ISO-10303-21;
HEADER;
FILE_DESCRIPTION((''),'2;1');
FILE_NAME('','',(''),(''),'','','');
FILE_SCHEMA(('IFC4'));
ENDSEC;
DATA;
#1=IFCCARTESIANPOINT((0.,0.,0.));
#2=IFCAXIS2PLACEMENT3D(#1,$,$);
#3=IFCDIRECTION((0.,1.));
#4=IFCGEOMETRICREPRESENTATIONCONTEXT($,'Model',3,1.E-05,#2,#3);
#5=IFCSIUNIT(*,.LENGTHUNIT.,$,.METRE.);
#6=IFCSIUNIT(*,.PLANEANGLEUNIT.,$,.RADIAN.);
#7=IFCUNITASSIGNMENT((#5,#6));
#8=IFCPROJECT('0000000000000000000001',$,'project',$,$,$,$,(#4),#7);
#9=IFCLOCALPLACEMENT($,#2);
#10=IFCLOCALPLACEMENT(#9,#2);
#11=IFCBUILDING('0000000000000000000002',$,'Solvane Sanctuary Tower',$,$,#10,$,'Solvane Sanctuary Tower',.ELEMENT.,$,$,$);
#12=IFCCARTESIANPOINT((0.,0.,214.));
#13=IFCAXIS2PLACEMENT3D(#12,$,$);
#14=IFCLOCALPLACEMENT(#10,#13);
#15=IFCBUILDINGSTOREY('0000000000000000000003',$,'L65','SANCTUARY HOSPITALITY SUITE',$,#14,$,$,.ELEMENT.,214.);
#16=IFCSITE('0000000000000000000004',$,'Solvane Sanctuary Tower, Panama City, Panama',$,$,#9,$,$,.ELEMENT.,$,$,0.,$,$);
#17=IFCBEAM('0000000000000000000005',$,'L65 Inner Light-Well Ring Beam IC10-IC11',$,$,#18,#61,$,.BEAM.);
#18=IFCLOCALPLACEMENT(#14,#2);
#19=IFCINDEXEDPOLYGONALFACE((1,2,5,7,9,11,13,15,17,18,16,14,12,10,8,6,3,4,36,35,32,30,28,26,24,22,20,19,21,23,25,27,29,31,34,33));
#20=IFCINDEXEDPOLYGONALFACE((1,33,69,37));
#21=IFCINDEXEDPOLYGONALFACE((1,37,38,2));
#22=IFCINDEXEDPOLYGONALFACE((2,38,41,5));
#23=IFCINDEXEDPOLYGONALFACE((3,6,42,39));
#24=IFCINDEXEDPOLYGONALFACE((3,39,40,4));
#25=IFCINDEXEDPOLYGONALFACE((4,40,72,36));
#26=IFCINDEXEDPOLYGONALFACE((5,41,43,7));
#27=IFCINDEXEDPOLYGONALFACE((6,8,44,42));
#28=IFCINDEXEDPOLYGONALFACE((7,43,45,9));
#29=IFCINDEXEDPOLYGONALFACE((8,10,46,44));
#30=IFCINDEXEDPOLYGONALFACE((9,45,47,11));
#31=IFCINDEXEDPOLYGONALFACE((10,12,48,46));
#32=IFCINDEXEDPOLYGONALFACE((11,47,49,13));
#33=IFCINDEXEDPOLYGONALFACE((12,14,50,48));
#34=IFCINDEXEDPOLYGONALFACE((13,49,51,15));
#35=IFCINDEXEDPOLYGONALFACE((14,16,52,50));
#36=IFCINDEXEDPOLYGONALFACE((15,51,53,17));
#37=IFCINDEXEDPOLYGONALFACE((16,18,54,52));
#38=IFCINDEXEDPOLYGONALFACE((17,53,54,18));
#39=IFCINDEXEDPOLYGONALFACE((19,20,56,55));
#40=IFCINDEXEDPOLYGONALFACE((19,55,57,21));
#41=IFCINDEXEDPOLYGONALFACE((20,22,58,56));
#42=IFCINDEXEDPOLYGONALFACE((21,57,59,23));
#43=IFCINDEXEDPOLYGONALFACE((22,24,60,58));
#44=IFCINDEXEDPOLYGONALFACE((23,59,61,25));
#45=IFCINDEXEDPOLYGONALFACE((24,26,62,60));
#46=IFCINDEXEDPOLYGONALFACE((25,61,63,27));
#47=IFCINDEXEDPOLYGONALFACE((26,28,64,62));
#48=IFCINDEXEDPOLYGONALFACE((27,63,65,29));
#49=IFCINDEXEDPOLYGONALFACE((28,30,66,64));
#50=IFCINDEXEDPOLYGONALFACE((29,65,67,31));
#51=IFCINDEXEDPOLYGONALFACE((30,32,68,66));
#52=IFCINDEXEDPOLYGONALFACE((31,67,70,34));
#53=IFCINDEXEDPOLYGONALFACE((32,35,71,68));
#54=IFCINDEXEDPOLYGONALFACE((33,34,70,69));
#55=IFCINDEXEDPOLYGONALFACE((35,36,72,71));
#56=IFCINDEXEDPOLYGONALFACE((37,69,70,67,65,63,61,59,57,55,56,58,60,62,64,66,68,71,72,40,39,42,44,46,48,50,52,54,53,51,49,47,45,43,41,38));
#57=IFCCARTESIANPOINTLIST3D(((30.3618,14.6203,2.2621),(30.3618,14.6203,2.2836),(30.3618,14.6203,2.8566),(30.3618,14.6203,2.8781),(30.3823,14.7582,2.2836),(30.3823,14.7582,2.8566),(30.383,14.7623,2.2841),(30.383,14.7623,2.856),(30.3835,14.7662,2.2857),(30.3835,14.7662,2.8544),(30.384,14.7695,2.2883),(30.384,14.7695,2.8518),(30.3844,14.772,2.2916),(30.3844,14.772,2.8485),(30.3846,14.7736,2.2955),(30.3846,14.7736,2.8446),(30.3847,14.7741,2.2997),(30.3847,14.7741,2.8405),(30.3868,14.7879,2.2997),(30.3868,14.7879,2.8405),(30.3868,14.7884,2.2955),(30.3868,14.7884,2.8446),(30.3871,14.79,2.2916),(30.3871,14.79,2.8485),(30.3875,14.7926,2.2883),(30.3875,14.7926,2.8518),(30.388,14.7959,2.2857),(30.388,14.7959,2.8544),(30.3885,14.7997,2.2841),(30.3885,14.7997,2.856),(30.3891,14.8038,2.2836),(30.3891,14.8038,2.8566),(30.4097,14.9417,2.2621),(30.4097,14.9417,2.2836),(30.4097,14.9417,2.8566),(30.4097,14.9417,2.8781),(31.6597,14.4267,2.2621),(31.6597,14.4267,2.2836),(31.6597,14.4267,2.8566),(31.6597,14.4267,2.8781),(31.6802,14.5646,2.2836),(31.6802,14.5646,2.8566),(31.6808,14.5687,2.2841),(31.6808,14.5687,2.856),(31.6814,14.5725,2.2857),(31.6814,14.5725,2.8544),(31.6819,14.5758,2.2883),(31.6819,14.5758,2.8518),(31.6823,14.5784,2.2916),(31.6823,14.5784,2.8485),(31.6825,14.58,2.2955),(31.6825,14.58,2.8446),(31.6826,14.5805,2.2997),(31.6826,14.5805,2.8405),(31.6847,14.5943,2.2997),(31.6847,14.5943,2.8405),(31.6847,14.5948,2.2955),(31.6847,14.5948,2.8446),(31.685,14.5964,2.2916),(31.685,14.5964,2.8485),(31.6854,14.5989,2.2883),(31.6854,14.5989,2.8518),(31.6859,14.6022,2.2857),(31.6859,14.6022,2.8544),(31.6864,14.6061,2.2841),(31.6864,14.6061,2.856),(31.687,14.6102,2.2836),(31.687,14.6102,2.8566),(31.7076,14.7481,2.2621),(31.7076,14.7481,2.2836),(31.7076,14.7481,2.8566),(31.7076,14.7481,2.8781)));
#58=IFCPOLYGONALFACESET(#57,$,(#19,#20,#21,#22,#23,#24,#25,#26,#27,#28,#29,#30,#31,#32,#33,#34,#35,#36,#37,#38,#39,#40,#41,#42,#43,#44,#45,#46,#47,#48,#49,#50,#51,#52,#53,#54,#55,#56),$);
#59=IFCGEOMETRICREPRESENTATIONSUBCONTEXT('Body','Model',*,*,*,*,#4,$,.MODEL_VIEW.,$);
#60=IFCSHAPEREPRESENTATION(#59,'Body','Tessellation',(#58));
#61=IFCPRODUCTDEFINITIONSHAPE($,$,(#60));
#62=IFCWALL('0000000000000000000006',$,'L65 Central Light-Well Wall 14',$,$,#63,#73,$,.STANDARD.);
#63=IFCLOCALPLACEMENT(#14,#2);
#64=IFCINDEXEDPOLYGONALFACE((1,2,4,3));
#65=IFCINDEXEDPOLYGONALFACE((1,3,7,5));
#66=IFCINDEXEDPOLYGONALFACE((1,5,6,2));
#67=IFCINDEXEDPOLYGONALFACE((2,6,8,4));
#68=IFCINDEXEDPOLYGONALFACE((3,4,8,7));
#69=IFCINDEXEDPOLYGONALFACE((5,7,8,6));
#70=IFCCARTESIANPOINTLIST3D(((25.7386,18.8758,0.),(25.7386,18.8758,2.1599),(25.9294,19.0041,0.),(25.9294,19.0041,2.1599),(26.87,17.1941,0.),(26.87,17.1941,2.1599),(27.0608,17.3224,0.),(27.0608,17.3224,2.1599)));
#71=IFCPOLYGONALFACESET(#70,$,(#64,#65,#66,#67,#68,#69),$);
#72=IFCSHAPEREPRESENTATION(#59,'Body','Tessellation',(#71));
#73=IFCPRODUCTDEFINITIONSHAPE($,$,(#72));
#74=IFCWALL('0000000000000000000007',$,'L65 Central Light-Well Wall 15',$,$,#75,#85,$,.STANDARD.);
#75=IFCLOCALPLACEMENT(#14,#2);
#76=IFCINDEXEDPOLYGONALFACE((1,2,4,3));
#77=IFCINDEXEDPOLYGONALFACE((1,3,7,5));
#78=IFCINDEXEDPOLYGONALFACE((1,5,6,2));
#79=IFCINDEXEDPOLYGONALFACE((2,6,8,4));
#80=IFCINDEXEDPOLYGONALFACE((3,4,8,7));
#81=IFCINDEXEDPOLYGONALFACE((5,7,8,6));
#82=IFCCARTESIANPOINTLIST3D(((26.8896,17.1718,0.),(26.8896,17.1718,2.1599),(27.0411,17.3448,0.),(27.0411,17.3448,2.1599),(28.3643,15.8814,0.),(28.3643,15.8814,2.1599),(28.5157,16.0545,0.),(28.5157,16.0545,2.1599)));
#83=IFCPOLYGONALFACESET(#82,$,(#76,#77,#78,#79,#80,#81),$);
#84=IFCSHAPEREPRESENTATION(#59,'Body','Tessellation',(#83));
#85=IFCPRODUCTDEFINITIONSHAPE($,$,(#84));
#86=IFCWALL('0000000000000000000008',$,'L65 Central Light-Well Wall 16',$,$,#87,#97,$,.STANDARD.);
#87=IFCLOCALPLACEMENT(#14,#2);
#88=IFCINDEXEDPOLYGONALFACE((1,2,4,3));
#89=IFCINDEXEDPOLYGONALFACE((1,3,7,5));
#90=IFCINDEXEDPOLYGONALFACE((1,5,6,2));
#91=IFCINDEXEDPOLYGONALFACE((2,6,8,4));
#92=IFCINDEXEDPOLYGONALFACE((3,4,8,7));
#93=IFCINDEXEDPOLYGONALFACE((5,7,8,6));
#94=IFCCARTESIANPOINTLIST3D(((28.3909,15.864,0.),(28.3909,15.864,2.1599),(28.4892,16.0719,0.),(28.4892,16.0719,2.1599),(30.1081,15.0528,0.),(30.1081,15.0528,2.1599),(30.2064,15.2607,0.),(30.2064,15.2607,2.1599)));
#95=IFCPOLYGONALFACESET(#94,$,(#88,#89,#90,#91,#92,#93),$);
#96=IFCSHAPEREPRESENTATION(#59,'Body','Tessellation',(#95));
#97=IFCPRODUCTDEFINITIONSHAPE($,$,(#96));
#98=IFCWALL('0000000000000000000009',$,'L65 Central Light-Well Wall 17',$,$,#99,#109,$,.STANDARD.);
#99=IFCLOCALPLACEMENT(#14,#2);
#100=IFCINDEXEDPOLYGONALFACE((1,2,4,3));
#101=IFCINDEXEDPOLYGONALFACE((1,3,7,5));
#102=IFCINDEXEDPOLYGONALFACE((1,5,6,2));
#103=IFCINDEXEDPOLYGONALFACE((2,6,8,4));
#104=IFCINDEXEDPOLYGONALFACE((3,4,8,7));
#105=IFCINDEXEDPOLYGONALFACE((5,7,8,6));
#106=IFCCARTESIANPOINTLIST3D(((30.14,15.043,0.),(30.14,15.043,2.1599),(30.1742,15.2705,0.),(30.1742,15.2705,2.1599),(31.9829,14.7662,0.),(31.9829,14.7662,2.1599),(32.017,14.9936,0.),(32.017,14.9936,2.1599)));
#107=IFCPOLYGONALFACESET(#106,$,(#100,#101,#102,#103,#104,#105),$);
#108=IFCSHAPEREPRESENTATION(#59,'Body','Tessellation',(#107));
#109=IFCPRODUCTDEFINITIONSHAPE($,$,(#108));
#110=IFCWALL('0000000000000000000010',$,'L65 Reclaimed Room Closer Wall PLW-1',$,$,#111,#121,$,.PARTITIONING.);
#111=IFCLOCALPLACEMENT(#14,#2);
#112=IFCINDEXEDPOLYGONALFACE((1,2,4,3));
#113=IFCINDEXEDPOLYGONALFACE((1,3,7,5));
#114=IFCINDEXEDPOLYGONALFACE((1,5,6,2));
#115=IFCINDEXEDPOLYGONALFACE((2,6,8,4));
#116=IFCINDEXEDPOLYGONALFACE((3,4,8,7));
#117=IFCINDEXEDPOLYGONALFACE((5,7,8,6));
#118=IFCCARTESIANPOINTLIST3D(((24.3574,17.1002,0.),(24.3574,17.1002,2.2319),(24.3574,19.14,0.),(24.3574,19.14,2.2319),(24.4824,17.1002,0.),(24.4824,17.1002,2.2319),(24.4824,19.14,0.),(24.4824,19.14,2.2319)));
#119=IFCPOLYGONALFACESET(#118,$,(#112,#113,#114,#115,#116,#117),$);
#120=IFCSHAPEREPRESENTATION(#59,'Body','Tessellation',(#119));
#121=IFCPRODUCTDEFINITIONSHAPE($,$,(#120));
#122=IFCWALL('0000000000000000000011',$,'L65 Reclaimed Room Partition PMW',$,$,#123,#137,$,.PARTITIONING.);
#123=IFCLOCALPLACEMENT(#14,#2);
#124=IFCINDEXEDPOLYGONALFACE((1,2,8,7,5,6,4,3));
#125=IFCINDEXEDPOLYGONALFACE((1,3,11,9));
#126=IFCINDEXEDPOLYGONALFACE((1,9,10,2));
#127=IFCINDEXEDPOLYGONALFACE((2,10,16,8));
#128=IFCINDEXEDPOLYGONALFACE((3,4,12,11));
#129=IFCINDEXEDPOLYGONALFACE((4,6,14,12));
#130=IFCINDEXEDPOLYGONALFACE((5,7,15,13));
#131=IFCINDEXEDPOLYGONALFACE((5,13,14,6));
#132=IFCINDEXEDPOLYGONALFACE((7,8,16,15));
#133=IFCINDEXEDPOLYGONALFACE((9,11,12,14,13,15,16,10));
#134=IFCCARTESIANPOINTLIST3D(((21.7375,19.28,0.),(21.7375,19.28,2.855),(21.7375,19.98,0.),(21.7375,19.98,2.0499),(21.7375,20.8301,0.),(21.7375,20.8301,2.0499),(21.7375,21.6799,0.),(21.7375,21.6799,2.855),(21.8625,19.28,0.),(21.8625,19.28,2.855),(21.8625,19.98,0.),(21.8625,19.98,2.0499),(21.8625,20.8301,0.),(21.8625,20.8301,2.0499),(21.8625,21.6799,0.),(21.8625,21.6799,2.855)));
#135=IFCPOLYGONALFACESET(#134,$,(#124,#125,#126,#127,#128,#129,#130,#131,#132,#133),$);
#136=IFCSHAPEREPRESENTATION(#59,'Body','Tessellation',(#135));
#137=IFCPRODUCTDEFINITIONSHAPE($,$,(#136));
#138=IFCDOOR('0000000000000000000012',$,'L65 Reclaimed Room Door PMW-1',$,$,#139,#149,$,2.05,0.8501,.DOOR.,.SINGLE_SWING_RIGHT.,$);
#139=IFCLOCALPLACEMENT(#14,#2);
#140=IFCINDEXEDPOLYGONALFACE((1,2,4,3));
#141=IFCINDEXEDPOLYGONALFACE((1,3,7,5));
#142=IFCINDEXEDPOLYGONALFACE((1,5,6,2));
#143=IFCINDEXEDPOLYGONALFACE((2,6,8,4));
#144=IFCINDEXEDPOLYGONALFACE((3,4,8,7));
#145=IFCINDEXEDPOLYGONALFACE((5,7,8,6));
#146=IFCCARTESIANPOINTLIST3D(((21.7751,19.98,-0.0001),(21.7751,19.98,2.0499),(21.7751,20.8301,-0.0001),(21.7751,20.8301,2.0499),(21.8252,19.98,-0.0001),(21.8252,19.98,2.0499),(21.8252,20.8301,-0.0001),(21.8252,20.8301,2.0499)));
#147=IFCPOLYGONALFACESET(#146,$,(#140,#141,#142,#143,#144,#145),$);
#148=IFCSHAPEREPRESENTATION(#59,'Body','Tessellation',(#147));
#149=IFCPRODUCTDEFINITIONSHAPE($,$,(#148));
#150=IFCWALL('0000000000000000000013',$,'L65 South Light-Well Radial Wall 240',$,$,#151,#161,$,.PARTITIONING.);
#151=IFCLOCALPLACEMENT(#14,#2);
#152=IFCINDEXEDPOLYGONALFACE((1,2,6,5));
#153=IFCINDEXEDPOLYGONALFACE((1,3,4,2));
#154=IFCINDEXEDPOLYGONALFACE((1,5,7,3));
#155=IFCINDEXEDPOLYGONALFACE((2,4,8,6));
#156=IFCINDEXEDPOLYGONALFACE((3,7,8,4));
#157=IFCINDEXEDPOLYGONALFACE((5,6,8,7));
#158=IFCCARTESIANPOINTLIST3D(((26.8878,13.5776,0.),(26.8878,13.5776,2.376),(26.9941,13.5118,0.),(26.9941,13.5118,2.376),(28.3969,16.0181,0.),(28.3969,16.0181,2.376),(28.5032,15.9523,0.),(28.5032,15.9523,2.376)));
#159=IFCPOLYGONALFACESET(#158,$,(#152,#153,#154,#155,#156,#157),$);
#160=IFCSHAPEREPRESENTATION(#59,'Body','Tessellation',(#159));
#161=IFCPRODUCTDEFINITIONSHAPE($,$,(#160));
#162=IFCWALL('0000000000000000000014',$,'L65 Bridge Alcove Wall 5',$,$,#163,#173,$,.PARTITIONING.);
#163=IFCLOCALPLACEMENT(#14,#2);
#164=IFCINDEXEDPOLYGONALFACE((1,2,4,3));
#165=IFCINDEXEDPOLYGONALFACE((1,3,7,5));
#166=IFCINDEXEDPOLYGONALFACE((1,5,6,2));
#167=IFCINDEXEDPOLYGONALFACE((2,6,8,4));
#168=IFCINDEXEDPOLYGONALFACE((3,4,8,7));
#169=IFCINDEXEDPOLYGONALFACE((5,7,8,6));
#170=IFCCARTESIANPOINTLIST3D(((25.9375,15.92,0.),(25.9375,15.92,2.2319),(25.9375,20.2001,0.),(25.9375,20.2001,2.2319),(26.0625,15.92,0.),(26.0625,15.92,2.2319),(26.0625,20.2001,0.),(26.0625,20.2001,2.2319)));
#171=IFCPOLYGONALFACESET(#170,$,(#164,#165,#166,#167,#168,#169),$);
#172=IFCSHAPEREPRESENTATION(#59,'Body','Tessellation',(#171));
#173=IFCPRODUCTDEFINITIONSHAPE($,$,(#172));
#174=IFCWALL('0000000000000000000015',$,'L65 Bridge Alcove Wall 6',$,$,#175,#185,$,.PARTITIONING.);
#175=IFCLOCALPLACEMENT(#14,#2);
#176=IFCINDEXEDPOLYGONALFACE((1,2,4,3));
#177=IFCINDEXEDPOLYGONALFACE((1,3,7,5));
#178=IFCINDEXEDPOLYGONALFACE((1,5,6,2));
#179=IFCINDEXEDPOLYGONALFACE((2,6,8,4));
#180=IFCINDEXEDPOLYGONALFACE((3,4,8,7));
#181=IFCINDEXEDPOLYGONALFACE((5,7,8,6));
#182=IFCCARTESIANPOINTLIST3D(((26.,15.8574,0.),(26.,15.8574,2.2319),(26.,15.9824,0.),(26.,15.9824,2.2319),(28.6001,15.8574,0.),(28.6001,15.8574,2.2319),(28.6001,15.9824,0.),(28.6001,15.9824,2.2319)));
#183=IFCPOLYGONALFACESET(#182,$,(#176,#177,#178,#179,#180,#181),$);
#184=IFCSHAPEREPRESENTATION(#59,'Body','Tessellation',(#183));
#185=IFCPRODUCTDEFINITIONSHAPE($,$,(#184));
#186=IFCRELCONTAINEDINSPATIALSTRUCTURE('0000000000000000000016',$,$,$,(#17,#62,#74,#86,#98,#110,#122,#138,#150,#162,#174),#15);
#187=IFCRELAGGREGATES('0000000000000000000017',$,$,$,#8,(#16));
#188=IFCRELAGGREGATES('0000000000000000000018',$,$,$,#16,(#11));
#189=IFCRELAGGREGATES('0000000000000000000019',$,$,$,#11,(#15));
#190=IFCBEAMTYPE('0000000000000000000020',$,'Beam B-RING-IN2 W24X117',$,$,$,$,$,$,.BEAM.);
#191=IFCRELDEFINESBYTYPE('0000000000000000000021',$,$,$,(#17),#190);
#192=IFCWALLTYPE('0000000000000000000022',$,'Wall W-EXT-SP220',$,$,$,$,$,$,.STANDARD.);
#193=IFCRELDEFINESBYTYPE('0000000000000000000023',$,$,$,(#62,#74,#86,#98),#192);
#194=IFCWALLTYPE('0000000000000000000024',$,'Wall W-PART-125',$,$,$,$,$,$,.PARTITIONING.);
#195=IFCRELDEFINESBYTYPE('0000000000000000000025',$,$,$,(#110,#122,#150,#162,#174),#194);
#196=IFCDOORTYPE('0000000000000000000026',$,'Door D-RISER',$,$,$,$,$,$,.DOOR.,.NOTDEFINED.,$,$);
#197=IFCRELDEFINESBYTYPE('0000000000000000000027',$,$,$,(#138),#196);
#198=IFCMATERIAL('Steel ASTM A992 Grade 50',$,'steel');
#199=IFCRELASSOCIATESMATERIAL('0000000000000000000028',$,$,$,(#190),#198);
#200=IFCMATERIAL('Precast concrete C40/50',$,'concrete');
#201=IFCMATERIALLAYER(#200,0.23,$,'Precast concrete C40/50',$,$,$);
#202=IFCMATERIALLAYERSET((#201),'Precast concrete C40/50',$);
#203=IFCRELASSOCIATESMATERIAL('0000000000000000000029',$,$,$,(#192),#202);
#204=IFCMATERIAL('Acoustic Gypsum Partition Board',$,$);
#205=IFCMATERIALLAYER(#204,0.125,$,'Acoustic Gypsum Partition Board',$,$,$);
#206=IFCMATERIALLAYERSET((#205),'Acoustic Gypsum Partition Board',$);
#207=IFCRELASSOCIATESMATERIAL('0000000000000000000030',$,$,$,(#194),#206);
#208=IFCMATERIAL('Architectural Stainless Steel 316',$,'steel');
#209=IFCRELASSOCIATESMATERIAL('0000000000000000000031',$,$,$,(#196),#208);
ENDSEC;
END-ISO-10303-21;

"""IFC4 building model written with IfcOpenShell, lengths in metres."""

from ifc_helpers import new_model, si_unit, direction, frame, frame_2d, origin, origin_2d, place, context, subcontext, project, spatial, rectangle, i_section, extrude, material, layer, layer_set, material_profile, profile_set, type_object, element, fill, save


model = new_model("IFC4")

# Units and contexts
model_context = context("Model", 3, precision=1e-05, world=origin(), true_north=direction((0.0, 1.0)))
body_context = subcontext(model_context, "Body", "Model", "MODEL_VIEW")
ifc_project = project(units=[si_unit("LENGTHUNIT", "METRE"), si_unit("PLANEANGLEUNIT", "RADIAN")], contexts=[model_context])

# Site, building, storey
site_placement = place(None, origin())
site = spatial("IfcSite", under=ifc_project, at=site_placement, Name="Solvane Sanctuary Tower, Panama City, Panama", CompositionType="ELEMENT", RefElevation=0.0)
building_placement = place(site_placement, origin())
building = spatial("IfcBuilding", under=site, at=building_placement, Name="Solvane Sanctuary Tower", LongName="Solvane Sanctuary Tower", CompositionType="ELEMENT")
storey_placement = place(building_placement, frame((0.0, 0.0, 214.0)))
storey = spatial("IfcBuildingStorey", under=building, at=storey_placement, Name="L65", Description="SANCTUARY HOSPITALITY SUITE", CompositionType="ELEMENT", Elevation=214.0)

# Beam
ifc_material_1 = material(Name="Steel ASTM A992 Grade 50", Category="steel")
ifc_material_profile_1 = material_profile(ifc_material_1, i_section(OverallWidth=0.325, OverallDepth=0.616, WebThickness=0.0139, FlangeThickness=0.0215, FilletRadius=0.0161, at=origin_2d()), Name="W24X117")
ifc_profile_set_1 = profile_set([ifc_material_profile_1], Name="Steel ASTM A992 Grade 50")
beam_type_1 = type_object("IfcBeamType", Name="Beam B-RING-IN2 W24X117", PredefinedType="BEAM", material=ifc_profile_set_1)
beam_1_placement = place(storey_placement, frame((30.3857, 14.781, 2.5701), z_axis=(0.989056, -0.14754, 0.0), x_axis=(0.14754, 0.989056, 0.0)))
element("IfcBeam", 1, at=beam_1_placement, inside=storey, type_object=beam_type_1, Name="L65 Inner Light-Well Ring Beam IC10-IC11", PredefinedType="BEAM", context=body_context, shape_type="SweptSolid", body=[
    extrude(i_section(OverallWidth=0.325, OverallDepth=0.616, WebThickness=0.0139, FlangeThickness=0.0215, FilletRadius=0.0161, at=origin_2d()), origin(), (0.0, 0.0, 1.0), 1.3123),
])

# Walls
ifc_material_2 = material(Name="Precast concrete C40/50", Category="concrete")
ifc_layer_1 = layer(ifc_material_2, 0.23, Name="Precast concrete C40/50")
ifc_layer_set_1 = layer_set([ifc_layer_1], Name="Precast concrete C40/50")
wall_type_1 = type_object("IfcWallType", Name="Wall W-EXT-SP220", PredefinedType="STANDARD", material=ifc_layer_set_1)
wall_1_placement = place(storey_placement, frame((25.834, 18.9399, 0.0), z_axis=(0.0, 0.0, 1.0), x_axis=(0.558198, -0.829708, 0.0)))
element("IfcWall", 2, at=wall_1_placement, inside=storey, type_object=wall_type_1, Name="L65 Central Light-Well Wall 14", PredefinedType="STANDARD", context=body_context, shape_type="SweptSolid", body=[
    extrude(rectangle(XDim=2.0269, YDim=0.23, at=frame_2d((1.0134, 0.0))), origin(), (0.0, 0.0, 1.0), 2.1599),
])
wall_2_placement = place(storey_placement, frame((26.9653, 17.2583, 0.0), z_axis=(0.0, 0.0, 1.0), x_axis=(0.752577, -0.658505, 0.0)))
element("IfcWall", 3, at=wall_2_placement, inside=storey, type_object=wall_type_1, Name="L65 Central Light-Well Wall 15", PredefinedType="STANDARD", context=body_context, shape_type="SweptSolid", body=[
    extrude(rectangle(XDim=1.9595, YDim=0.23, at=frame_2d((0.9797, 0.0))), origin(), (0.0, 0.0, 1.0), 2.1599),
])
wall_3_placement = place(storey_placement, frame((28.4399, 15.968, 0.0), z_axis=(0.0, 0.0, 1.0), x_axis=(0.90418, -0.427152, 0.0)))
element("IfcWall", 4, at=wall_3_placement, inside=storey, type_object=wall_type_1, Name="L65 Central Light-Well Wall 16", PredefinedType="STANDARD", context=body_context, shape_type="SweptSolid", body=[
    extrude(rectangle(XDim=1.8992, YDim=0.23, at=frame_2d((0.9497, 0.0))), origin(), (0.0, 0.0, 1.0), 2.1599),
])
wall_4_placement = place(storey_placement, frame((30.1572, 15.1567, 0.0), z_axis=(0.0, 0.0, 1.0), x_axis=(0.988902, -0.148571, 0.0)))
element("IfcWall", 5, at=wall_4_placement, inside=storey, type_object=wall_type_1, Name="L65 Central Light-Well Wall 17", PredefinedType="STANDARD", context=body_context, shape_type="SweptSolid", body=[
    extrude(rectangle(XDim=1.8635, YDim=0.23, at=frame_2d((0.9316, 0.0))), origin(), (0.0, 0.0, 1.0), 2.1599),
])
ifc_material_3 = material(Name="Acoustic Gypsum Partition Board")
ifc_layer_2 = layer(ifc_material_3, 0.125, Name="Acoustic Gypsum Partition Board")
ifc_layer_set_2 = layer_set([ifc_layer_2], Name="Acoustic Gypsum Partition Board")
wall_type_2 = type_object("IfcWallType", Name="Wall W-PART-125", PredefinedType="PARTITIONING", material=ifc_layer_set_2)
wall_5_placement = place(storey_placement, frame((24.4199, 17.1001, 0.0), z_axis=(0.0, 0.0, 1.0), x_axis=(0.0, 1.0, 0.0)))
element("IfcWall", 6, at=wall_5_placement, inside=storey, type_object=wall_type_2, Name="L65 Reclaimed Room Closer Wall PLW-1", PredefinedType="PARTITIONING", context=body_context, shape_type="SweptSolid", body=[
    extrude(rectangle(XDim=2.0398, YDim=0.125, at=frame_2d((1.02, 0.0))), origin(), (0.0, 0.0, 1.0), 2.2319),
])

# Wall, opening, door
wall_6_placement = place(storey_placement, frame((21.8, 19.28, 0.0), z_axis=(0.0, 0.0, 1.0), x_axis=(0.0, 1.0, 0.0)))
wall_6 = element("IfcWall", 7, at=wall_6_placement, inside=storey, type_object=wall_type_2, Name="L65 Reclaimed Room Partition PMW", PredefinedType="PARTITIONING", context=body_context, shape_type="SweptSolid", body=[
    extrude(rectangle(XDim=2.3999, YDim=0.125, at=frame_2d((1.2, 0.0))), origin(), (0.0, 0.0, 1.0), 2.855),
])
opening_placement = place(wall_6_placement, frame((0.7, 0.0, 0.0)))
opening = element("IfcOpeningElement", 8, at=opening_placement, cuts=wall_6, PredefinedType="OPENING", context=body_context, shape_type="SweptSolid", body=[
    extrude(rectangle(XDim=0.8501, YDim=2.05, at=frame_2d((0.425, 1.0249))), frame((0.0, 0.0725, 0.0), z_axis=(0.0, -1.0, 0.0), x_axis=(1.0, 0.0, 0.0)), (0.0, 0.0, 1.0), 0.145),
])
ifc_material_4 = material(Name="Architectural Stainless Steel 316", Category="steel")
door_type = type_object("IfcDoorType", Name="Door D-RISER", OperationType="NOTDEFINED", PredefinedType="DOOR", material=ifc_material_4)
door_placement = place(opening_placement, origin())
door = element("IfcDoor", 9, at=door_placement, inside=storey, type_object=door_type, Name="L65 Reclaimed Room Door PMW-1", OperationType="SINGLE_SWING_RIGHT", OverallHeight=2.05, OverallWidth=0.8501, PredefinedType="DOOR", context=body_context, shape_type="SweptSolid", body=[
    extrude(rectangle(XDim=0.8501, YDim=2.05, at=frame_2d((0.425, 1.0249))), frame((0.0, 0.0249, 0.0), z_axis=(0.0, -1.0, 0.0), x_axis=(1.0, 0.0, 0.0)), (0.0, 0.0, 1.0), 0.05),
])
fill(opening, door)

# Walls
wall_7_placement = place(storey_placement, frame((28.45, 15.9851, 0.0), z_axis=(0.0, 0.0, 1.0), x_axis=(-0.525924, -0.850532, 0.0)))
element("IfcWall", 10, at=wall_7_placement, inside=storey, type_object=wall_type_2, Name="L65 South Light-Well Radial Wall 240", PredefinedType="PARTITIONING", context=body_context, shape_type="SweptSolid", body=[
    extrude(rectangle(XDim=2.8694, YDim=0.125, at=frame_2d((1.4346, 0.0))), origin(), (0.0, 0.0, 1.0), 2.376),
])
wall_8_placement = place(storey_placement, frame((26.0, 15.9199, 0.0), z_axis=(0.0, 0.0, 1.0), x_axis=(0.0, 1.0, 0.0)))
element("IfcWall", 11, at=wall_8_placement, inside=storey, type_object=wall_type_2, Name="L65 Bridge Alcove Wall 5", PredefinedType="PARTITIONING", context=body_context, shape_type="SweptSolid", body=[
    extrude(rectangle(XDim=4.28, YDim=0.125, at=frame_2d((2.1401, 0.0))), origin(), (0.0, 0.0, 1.0), 2.2319),
])
wall_9_placement = place(storey_placement, frame((26.0, 15.9199, 0.0), z_axis=(0.0, 0.0, 1.0), x_axis=(1.0, 0.0, 0.0)))
element("IfcWall", 12, at=wall_9_placement, inside=storey, type_object=wall_type_2, Name="L65 Bridge Alcove Wall 6", PredefinedType="PARTITIONING", context=body_context, shape_type="SweptSolid", body=[
    extrude(rectangle(XDim=2.6001, YDim=0.125, at=frame_2d((1.3, 0.0))), origin(), (0.0, 0.0, 1.0), 2.2319),
])

save(model, "model.ifc")
